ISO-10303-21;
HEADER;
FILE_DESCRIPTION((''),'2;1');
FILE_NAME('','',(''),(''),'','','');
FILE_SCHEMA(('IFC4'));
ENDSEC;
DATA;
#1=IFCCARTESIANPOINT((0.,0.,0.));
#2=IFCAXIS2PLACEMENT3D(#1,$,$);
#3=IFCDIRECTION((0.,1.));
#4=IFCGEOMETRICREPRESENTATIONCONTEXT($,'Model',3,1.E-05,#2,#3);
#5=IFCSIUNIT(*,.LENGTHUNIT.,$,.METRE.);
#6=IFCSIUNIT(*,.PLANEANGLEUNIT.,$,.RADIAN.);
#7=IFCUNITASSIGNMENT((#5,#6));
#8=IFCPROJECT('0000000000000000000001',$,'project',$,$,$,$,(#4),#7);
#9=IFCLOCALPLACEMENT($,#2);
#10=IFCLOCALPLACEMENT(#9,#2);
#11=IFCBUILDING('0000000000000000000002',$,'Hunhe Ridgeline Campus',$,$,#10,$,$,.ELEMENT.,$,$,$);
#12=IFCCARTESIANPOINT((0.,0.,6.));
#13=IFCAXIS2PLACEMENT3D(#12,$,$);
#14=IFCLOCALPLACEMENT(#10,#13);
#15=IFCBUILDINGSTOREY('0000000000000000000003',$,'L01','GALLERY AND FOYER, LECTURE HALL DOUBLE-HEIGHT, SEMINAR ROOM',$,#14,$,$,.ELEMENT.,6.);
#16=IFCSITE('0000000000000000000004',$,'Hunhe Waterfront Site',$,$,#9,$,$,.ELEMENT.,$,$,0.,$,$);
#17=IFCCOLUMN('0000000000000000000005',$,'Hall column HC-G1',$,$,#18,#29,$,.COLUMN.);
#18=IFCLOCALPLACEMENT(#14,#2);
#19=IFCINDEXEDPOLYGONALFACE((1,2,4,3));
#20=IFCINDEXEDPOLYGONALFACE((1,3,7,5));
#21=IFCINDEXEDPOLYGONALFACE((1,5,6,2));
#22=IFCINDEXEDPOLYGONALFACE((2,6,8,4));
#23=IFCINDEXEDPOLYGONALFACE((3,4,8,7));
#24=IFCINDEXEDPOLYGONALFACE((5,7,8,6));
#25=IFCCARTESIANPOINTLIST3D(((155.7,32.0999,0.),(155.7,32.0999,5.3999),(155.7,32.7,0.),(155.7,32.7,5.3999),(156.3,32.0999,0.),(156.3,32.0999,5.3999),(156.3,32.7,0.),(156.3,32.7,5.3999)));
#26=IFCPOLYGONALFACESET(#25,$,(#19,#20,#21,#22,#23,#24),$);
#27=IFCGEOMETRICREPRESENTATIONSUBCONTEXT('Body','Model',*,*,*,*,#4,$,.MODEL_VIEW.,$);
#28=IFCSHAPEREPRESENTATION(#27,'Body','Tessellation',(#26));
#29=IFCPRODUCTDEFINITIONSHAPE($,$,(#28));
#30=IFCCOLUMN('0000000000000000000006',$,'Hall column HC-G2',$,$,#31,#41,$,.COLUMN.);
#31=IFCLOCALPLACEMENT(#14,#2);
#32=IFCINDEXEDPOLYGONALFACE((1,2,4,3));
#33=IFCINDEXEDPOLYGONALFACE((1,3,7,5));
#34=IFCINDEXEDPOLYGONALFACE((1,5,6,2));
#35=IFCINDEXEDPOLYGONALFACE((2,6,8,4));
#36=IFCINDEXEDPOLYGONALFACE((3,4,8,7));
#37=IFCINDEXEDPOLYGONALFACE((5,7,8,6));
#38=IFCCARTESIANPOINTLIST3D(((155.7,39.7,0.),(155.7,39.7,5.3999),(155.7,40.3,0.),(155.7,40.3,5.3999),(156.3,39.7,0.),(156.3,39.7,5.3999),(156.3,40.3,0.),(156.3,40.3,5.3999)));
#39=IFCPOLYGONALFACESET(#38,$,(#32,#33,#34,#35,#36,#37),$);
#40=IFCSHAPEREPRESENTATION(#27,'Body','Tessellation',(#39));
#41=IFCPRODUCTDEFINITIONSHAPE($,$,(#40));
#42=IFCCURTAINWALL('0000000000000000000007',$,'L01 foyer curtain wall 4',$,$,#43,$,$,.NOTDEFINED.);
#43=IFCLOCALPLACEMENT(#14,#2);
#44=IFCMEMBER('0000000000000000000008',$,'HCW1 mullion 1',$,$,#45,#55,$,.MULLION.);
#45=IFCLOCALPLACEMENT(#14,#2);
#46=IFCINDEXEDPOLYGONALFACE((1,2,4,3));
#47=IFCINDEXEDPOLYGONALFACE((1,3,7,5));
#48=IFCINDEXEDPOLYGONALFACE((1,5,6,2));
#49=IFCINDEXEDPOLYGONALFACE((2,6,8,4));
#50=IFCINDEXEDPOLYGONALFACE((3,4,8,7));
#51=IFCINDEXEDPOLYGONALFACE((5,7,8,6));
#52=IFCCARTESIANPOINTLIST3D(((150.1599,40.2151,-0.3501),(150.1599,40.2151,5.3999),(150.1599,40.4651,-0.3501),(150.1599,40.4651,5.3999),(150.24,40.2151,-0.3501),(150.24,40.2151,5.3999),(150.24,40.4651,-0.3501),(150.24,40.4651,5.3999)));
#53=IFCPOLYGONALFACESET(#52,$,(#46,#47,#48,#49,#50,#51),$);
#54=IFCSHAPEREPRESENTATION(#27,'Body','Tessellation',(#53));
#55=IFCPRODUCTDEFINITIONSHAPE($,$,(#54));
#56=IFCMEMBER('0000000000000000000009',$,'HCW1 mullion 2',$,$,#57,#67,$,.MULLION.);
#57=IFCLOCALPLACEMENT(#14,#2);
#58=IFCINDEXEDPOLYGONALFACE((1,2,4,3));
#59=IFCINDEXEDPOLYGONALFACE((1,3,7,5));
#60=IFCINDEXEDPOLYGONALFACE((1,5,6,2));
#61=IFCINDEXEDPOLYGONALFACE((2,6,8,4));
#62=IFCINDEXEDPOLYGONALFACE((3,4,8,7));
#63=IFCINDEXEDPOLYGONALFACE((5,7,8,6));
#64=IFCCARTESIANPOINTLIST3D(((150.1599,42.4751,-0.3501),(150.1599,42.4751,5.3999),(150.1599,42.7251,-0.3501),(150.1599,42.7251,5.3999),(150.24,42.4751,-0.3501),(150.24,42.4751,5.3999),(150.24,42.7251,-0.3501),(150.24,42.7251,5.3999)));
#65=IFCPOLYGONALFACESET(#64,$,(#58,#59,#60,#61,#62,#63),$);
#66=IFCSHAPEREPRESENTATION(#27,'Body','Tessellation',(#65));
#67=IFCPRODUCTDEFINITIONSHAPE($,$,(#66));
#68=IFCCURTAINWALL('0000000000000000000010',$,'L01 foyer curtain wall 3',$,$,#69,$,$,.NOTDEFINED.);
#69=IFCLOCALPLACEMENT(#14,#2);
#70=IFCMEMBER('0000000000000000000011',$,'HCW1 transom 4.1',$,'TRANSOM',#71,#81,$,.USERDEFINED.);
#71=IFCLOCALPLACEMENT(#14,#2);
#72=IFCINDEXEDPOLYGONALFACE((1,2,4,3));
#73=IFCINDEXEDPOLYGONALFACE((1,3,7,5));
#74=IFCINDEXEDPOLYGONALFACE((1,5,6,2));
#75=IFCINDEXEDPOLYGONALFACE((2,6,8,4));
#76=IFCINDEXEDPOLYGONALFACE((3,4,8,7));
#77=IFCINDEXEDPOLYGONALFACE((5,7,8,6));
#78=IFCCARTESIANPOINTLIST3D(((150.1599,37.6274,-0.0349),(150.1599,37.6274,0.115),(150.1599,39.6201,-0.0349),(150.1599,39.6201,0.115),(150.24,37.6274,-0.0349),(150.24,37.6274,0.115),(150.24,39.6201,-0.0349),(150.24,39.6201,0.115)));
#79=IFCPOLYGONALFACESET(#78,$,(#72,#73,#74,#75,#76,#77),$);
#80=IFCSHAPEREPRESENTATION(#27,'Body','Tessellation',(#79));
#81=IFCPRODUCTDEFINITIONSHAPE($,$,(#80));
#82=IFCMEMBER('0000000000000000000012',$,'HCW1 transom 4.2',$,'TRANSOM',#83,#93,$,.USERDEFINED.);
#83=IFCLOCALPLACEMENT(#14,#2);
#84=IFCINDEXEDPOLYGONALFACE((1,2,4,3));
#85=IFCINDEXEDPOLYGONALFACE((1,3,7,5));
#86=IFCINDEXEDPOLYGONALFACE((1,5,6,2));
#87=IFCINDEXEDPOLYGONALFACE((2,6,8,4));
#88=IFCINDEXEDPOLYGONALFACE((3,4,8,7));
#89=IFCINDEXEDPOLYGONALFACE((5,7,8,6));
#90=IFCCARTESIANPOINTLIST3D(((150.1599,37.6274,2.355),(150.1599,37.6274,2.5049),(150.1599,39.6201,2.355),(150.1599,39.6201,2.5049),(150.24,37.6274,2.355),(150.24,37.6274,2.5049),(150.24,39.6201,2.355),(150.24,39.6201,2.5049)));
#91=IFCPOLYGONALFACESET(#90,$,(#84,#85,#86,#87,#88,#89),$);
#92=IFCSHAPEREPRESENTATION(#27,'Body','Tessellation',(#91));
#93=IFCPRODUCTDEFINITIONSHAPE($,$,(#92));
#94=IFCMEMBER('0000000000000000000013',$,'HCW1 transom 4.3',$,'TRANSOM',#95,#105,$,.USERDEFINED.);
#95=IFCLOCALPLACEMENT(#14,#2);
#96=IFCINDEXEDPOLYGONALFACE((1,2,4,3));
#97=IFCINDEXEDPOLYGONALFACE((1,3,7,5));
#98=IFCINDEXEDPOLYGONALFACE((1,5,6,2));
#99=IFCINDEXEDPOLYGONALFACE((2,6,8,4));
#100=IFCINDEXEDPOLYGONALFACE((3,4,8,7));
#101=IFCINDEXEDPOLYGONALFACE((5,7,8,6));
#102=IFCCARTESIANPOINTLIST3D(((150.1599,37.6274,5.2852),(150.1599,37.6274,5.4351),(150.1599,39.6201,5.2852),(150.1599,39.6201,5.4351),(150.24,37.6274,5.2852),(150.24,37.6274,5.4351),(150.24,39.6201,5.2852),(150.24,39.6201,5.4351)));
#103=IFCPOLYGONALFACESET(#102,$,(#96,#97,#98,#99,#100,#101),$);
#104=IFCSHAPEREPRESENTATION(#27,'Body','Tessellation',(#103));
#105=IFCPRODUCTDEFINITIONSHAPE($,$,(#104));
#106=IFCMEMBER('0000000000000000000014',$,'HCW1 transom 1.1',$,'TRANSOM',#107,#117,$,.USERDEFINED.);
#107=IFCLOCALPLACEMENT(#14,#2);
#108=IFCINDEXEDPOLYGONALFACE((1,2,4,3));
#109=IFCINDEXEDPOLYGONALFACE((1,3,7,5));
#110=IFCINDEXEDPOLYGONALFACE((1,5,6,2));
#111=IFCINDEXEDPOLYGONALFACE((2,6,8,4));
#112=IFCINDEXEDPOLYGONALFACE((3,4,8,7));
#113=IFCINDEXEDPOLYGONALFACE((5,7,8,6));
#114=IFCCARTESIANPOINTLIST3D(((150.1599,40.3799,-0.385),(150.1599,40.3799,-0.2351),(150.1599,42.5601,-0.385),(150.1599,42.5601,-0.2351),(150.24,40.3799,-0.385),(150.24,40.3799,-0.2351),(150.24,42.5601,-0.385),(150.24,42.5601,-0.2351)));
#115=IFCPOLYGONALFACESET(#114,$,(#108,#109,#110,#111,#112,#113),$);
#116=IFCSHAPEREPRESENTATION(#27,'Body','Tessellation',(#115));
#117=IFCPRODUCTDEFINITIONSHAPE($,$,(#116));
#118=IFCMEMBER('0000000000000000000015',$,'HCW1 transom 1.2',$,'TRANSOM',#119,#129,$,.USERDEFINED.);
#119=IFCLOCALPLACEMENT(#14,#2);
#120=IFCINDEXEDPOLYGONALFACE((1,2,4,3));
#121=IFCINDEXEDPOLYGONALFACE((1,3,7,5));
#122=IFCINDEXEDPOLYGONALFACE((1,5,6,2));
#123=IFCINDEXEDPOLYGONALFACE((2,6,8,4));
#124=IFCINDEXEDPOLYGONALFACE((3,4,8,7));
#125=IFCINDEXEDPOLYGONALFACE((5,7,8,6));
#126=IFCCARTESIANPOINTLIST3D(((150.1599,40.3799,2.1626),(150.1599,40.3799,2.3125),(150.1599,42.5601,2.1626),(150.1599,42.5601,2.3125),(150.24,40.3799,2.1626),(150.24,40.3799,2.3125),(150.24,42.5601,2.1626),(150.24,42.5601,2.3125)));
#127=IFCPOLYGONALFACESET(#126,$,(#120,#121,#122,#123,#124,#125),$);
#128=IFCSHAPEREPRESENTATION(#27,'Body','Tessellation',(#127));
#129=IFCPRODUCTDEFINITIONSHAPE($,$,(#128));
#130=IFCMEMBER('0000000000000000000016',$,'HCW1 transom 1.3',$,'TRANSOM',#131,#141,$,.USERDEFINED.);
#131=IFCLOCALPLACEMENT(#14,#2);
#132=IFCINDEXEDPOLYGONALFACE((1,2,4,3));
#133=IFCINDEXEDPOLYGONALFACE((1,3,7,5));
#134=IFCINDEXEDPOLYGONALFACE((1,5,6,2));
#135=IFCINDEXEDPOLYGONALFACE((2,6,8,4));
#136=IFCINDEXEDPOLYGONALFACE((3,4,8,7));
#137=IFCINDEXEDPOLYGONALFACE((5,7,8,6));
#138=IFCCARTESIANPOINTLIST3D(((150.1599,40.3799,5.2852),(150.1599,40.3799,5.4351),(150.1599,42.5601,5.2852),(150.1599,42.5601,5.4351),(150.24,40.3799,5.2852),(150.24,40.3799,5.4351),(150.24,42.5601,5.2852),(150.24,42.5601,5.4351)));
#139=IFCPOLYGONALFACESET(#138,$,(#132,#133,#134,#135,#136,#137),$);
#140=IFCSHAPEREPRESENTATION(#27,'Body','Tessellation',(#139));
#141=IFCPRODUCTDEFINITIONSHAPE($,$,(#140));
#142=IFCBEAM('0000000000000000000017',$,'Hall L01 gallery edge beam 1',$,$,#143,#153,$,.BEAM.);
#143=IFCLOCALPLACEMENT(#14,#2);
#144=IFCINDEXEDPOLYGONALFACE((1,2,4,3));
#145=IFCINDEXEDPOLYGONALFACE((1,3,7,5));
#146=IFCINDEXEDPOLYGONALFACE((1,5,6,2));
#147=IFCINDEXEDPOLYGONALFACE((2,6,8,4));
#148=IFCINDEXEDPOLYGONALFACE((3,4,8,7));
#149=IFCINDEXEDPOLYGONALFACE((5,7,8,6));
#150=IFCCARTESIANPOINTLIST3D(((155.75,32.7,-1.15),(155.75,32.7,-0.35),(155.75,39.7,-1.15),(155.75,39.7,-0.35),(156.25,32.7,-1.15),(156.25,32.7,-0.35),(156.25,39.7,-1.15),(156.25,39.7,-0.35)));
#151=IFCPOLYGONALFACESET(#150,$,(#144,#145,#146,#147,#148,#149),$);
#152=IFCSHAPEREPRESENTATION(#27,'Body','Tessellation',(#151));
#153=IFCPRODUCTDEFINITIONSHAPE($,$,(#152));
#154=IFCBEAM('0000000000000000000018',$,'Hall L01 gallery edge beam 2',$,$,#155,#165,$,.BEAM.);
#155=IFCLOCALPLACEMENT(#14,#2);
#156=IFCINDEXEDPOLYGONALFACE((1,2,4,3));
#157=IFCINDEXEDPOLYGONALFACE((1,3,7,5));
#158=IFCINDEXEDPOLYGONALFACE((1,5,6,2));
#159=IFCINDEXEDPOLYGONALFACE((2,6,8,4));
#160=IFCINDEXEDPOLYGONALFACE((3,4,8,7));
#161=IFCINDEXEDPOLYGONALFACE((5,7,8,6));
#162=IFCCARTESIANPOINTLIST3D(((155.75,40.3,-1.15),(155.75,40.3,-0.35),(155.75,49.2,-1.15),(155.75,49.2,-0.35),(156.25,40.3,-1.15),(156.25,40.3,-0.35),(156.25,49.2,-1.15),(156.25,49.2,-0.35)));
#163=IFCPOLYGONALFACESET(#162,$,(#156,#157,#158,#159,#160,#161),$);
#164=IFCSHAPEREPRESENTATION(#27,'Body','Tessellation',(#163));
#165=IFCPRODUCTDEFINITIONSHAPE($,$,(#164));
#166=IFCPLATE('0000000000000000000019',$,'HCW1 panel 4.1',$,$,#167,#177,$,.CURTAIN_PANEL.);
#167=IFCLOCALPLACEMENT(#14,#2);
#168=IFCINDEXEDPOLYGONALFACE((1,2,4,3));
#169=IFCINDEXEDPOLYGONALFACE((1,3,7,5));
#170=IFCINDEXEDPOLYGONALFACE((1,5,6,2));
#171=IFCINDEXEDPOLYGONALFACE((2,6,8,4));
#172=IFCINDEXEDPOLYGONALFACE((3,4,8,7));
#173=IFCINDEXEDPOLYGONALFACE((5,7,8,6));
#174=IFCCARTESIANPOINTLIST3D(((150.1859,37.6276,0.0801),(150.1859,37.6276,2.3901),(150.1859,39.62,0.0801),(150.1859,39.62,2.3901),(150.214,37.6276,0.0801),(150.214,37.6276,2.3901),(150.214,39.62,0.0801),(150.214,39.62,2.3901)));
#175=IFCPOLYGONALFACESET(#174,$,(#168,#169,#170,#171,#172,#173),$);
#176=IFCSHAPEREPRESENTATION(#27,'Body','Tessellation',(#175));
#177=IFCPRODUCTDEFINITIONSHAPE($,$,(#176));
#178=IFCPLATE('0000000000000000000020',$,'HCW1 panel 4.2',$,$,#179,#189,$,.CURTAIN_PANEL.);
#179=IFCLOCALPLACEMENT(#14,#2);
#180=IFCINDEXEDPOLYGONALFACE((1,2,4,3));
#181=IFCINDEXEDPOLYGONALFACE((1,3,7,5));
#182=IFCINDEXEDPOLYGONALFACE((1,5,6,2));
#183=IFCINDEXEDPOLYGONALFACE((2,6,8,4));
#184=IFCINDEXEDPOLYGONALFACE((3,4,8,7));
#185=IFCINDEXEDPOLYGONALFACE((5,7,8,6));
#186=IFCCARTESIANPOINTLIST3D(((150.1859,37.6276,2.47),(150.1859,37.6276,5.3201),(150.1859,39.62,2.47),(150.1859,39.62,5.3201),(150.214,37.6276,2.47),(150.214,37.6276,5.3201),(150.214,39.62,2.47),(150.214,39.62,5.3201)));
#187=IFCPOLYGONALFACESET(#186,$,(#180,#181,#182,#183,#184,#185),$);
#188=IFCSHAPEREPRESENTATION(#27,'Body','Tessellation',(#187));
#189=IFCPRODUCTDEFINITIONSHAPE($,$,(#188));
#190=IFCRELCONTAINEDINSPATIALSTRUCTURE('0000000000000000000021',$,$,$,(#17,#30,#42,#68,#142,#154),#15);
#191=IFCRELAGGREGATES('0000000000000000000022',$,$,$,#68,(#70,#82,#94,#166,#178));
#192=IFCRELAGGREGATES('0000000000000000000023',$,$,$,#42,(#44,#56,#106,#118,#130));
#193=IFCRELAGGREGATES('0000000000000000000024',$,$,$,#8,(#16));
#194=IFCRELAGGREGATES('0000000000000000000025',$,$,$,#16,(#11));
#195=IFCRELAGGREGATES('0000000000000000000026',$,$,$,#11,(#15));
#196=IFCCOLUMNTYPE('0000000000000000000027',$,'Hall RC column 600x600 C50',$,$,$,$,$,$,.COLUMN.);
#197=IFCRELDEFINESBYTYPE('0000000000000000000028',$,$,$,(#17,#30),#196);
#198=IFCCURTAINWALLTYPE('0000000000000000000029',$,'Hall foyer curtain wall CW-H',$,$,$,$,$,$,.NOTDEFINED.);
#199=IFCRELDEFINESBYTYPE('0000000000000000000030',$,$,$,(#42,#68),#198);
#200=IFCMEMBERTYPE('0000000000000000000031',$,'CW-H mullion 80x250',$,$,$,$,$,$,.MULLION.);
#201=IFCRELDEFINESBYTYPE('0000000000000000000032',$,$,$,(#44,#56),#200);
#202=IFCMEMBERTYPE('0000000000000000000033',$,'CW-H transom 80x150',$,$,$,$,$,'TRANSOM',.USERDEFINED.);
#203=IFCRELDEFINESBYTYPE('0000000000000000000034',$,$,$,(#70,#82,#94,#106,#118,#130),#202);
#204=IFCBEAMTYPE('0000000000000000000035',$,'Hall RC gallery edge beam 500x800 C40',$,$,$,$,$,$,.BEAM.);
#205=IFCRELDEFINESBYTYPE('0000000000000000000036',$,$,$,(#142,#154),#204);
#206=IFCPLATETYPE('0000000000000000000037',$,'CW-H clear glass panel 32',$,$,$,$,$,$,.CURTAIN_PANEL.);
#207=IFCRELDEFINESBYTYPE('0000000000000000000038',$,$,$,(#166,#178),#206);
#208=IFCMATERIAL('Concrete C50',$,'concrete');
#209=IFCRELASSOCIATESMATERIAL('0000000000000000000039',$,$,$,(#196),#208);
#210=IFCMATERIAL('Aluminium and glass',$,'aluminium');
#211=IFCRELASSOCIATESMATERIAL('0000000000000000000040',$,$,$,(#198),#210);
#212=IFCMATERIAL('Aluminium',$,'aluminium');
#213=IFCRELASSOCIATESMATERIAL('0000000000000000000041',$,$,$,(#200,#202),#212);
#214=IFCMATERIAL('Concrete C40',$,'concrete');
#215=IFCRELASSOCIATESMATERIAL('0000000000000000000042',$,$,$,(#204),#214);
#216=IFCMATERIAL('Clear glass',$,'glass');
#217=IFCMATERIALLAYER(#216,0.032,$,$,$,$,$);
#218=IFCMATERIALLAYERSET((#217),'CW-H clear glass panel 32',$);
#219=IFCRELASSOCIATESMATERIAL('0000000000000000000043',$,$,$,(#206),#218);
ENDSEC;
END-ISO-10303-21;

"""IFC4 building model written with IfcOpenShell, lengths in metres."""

from ifc_helpers import new_model, si_unit, direction, frame, origin, origin_2d, place, context, subcontext, project, spatial, rectangle, extrude, material, layer, layer_set, material_profile, profile_set, type_object, element, aggregate, save


model = new_model("IFC4")

# Units and contexts
model_context = context("Model", 3, precision=1e-05, world=origin(), true_north=direction((0.0, 1.0)))
body_context = subcontext(model_context, "Body", "Model", "MODEL_VIEW")
ifc_project = project(units=[si_unit("LENGTHUNIT", "METRE"), si_unit("PLANEANGLEUNIT", "RADIAN")], contexts=[model_context])

# Site, building, storey
site_placement = place(None, origin())
site = spatial("IfcSite", under=ifc_project, at=site_placement, Name="Hunhe Waterfront Site", CompositionType="ELEMENT", RefElevation=0.0)
building_placement = place(site_placement, origin())
building = spatial("IfcBuilding", under=site, at=building_placement, Name="Hunhe Ridgeline Campus", CompositionType="ELEMENT")
storey_placement = place(building_placement, frame((0.0, 0.0, 6.0)))
storey = spatial("IfcBuildingStorey", under=building, at=storey_placement, Name="L01", Description="GALLERY AND FOYER, LECTURE HALL DOUBLE-HEIGHT, SEMINAR ROOM", CompositionType="ELEMENT", Elevation=6.0)

# Columns
ifc_material_1 = material(Name="Concrete C50", Category="concrete")
ifc_material_profile_1 = material_profile(ifc_material_1, rectangle(XDim=0.6001, YDim=0.6001, at=origin_2d()))
ifc_profile_set_1 = profile_set([ifc_material_profile_1], Name="Concrete C50")
column_type = type_object("IfcColumnType", Name="Hall RC column 600x600 C50", PredefinedType="COLUMN", material=ifc_profile_set_1)
for number, where, z_axis, x_axis, name in (
    (1, (156.0, 32.3999, 0.0), (0.0, 0.0, 1.0), (1.0, 0.0, 0.0), "Hall column HC-G1"),
    (2, (156.0, 40.0, 0.0), (0.0, 0.0, 1.0), (1.0, 0.0, 0.0), "Hall column HC-G2"),
):
    element("IfcColumn", number, at=place(storey_placement, frame(where, z_axis=z_axis, x_axis=x_axis)), inside=storey, type_object=column_type, Name=name, PredefinedType="COLUMN", context=body_context, shape_type="SweptSolid", body=[
        extrude(rectangle(XDim=0.6001, YDim=0.6001, at=origin_2d()), origin(), (0.0, 0.0, 1.0), 5.3999),
    ])

# Curtain walls, members
ifc_material_2 = material(Name="Aluminium and glass", Category="aluminium")
curtain_wall_type = type_object("IfcCurtainWallType", Name="Hall foyer curtain wall CW-H", PredefinedType="NOTDEFINED", material=ifc_material_2)
curtain_wall_1_placement = place(storey_placement, origin())
curtain_wall_1 = element("IfcCurtainWall", 3, at=curtain_wall_1_placement, inside=storey, type_object=curtain_wall_type, Name="L01 foyer curtain wall 4", PredefinedType="NOTDEFINED")
ifc_material_3 = material(Name="Aluminium", Category="aluminium")
ifc_material_profile_2 = material_profile(ifc_material_3, rectangle(XDim=0.0801, YDim=0.25, at=origin_2d()))
ifc_profile_set_2 = profile_set([ifc_material_profile_2], Name="Aluminium")
member_type_1 = type_object("IfcMemberType", Name="CW-H mullion 80x250", PredefinedType="MULLION", material=ifc_profile_set_2)
member_1_placement = place(storey_placement, frame((150.2, 40.3401, -0.3501), z_axis=(0.0, 0.0, 1.0), x_axis=(-1.0, 0.0, 0.0)))
member_1 = element("IfcMember", 4, at=member_1_placement, type_object=member_type_1, Name="HCW1 mullion 1", PredefinedType="MULLION", context=body_context, shape_type="SweptSolid", body=[
    extrude(rectangle(XDim=0.0801, YDim=0.25, at=origin_2d()), origin(), (0.0, 0.0, 1.0), 5.75),
])
member_2_placement = place(storey_placement, frame((150.2, 42.6001, -0.3501), z_axis=(0.0, 0.0, 1.0), x_axis=(-1.0, 0.0, 0.0)))
member_2 = element("IfcMember", 5, at=member_2_placement, type_object=member_type_1, Name="HCW1 mullion 2", PredefinedType="MULLION", context=body_context, shape_type="SweptSolid", body=[
    extrude(rectangle(XDim=0.0801, YDim=0.25, at=origin_2d()), origin(), (0.0, 0.0, 1.0), 5.75),
])
curtain_wall_2_placement = place(storey_placement, origin())
curtain_wall_2 = element("IfcCurtainWall", 6, at=curtain_wall_2_placement, inside=storey, type_object=curtain_wall_type, Name="L01 foyer curtain wall 3", PredefinedType="NOTDEFINED")
ifc_material_profile_3 = material_profile(ifc_material_3, rectangle(XDim=0.0801, YDim=0.1499, at=origin_2d()))
ifc_profile_set_3 = profile_set([ifc_material_profile_3], Name="Aluminium")
member_type_2 = type_object("IfcMemberType", Name="CW-H transom 80x150", ElementType="TRANSOM", PredefinedType="USERDEFINED", material=ifc_profile_set_3)
member_3_placement = place(storey_placement, frame((150.2, 37.6274, 0.04), z_axis=(0.0, 1.0, 0.0), x_axis=(-1.0, 0.0, 0.0)))
member_3 = element("IfcMember", 7, at=member_3_placement, type_object=member_type_2, Name="HCW1 transom 4.1", ObjectType="TRANSOM", PredefinedType="USERDEFINED", context=body_context, shape_type="SweptSolid", body=[
    extrude(rectangle(XDim=0.0801, YDim=0.1499, at=origin_2d()), origin(), (0.0, 0.0, 1.0), 1.9927),
])
member_4_placement = place(storey_placement, frame((150.2, 37.6274, 2.4299), z_axis=(0.0, 1.0, 0.0), x_axis=(-1.0, 0.0, 0.0)))
member_4 = element("IfcMember", 8, at=member_4_placement, type_object=member_type_2, Name="HCW1 transom 4.2", ObjectType="TRANSOM", PredefinedType="USERDEFINED", context=body_context, shape_type="SweptSolid", body=[
    extrude(rectangle(XDim=0.0801, YDim=0.1499, at=origin_2d()), origin(), (0.0, 0.0, 1.0), 1.9927),
])
member_5_placement = place(storey_placement, frame((150.2, 37.6274, 5.3601), z_axis=(0.0, 1.0, 0.0), x_axis=(-1.0, 0.0, 0.0)))
member_5 = element("IfcMember", 9, at=member_5_placement, type_object=member_type_2, Name="HCW1 transom 4.3", ObjectType="TRANSOM", PredefinedType="USERDEFINED", context=body_context, shape_type="SweptSolid", body=[
    extrude(rectangle(XDim=0.0801, YDim=0.1499, at=origin_2d()), origin(), (0.0, 0.0, 1.0), 1.9927),
])

# Members
member_6_placement = place(storey_placement, frame((150.2, 40.3799, -0.3101), z_axis=(0.0, 1.0, 0.0), x_axis=(-1.0, 0.0, 0.0)))
member_6 = element("IfcMember", 10, at=member_6_placement, type_object=member_type_2, Name="HCW1 transom 1.1", ObjectType="TRANSOM", PredefinedType="USERDEFINED", context=body_context, shape_type="SweptSolid", body=[
    extrude(rectangle(XDim=0.0801, YDim=0.1499, at=origin_2d()), origin(), (0.0, 0.0, 1.0), 2.1802),
])
member_7_placement = place(storey_placement, frame((150.2, 40.3799, 2.2375), z_axis=(0.0, 1.0, 0.0), x_axis=(-1.0, 0.0, 0.0)))
member_7 = element("IfcMember", 11, at=member_7_placement, type_object=member_type_2, Name="HCW1 transom 1.2", ObjectType="TRANSOM", PredefinedType="USERDEFINED", context=body_context, shape_type="SweptSolid", body=[
    extrude(rectangle(XDim=0.0801, YDim=0.1499, at=origin_2d()), origin(), (0.0, 0.0, 1.0), 2.1802),
])
member_8_placement = place(storey_placement, frame((150.2, 40.3799, 5.3601), z_axis=(0.0, 1.0, 0.0), x_axis=(-1.0, 0.0, 0.0)))
member_8 = element("IfcMember", 12, at=member_8_placement, type_object=member_type_2, Name="HCW1 transom 1.3", ObjectType="TRANSOM", PredefinedType="USERDEFINED", context=body_context, shape_type="SweptSolid", body=[
    extrude(rectangle(XDim=0.0801, YDim=0.1499, at=origin_2d()), origin(), (0.0, 0.0, 1.0), 2.1802),
])

# Beams
ifc_material_4 = material(Name="Concrete C40", Category="concrete")
ifc_material_profile_4 = material_profile(ifc_material_4, rectangle(XDim=0.5, YDim=0.8, at=origin_2d()))
ifc_profile_set_4 = profile_set([ifc_material_profile_4], Name="Concrete C40")
beam_type = type_object("IfcBeamType", Name="Hall RC gallery edge beam 500x800 C40", PredefinedType="BEAM", material=ifc_profile_set_4)
beam_1_placement = place(storey_placement, frame((156.0, 32.7, -0.75), z_axis=(0.0, 1.0, 0.0), x_axis=(-1.0, 0.0, 0.0)))
element("IfcBeam", 13, at=beam_1_placement, inside=storey, type_object=beam_type, Name="Hall L01 gallery edge beam 1", PredefinedType="BEAM", context=body_context, shape_type="SweptSolid", body=[
    extrude(rectangle(XDim=0.5, YDim=0.8, at=origin_2d()), origin(), (0.0, 0.0, 1.0), 7.0),
])
beam_2_placement = place(storey_placement, frame((156.0, 40.3, -0.75), z_axis=(0.0, 1.0, 0.0), x_axis=(-1.0, 0.0, 0.0)))
element("IfcBeam", 14, at=beam_2_placement, inside=storey, type_object=beam_type, Name="Hall L01 gallery edge beam 2", PredefinedType="BEAM", context=body_context, shape_type="SweptSolid", body=[
    extrude(rectangle(XDim=0.5, YDim=0.8, at=origin_2d()), origin(), (0.0, 0.0, 1.0), 8.8999),
])

# Plates
ifc_material_5 = material(Name="Clear glass", Category="glass")
ifc_layer_1 = layer(ifc_material_5, 0.032)
ifc_layer_set_1 = layer_set([ifc_layer_1], Name="CW-H clear glass panel 32")
plate_type = type_object("IfcPlateType", Name="CW-H clear glass panel 32", PredefinedType="CURTAIN_PANEL", material=ifc_layer_set_1)
plate_1_placement = place(storey_placement, frame((150.2, 38.6238, 0.0801), z_axis=(0.0, 0.0, 1.0), x_axis=(0.0, 1.0, 0.0)))
plate_1 = element("IfcPlate", 15, at=plate_1_placement, type_object=plate_type, Name="HCW1 panel 4.1", PredefinedType="CURTAIN_PANEL", context=body_context, shape_type="SweptSolid", body=[
    extrude(rectangle(XDim=1.9924, YDim=0.0281, at=origin_2d()), origin(), (0.0, 0.0, 1.0), 2.3101),
])
plate_2_placement = place(storey_placement, frame((150.2, 38.6238, 2.47), z_axis=(0.0, 0.0, 1.0), x_axis=(0.0, 1.0, 0.0)))
plate_2 = element("IfcPlate", 16, at=plate_2_placement, type_object=plate_type, Name="HCW1 panel 4.2", PredefinedType="CURTAIN_PANEL", context=body_context, shape_type="SweptSolid", body=[
    extrude(rectangle(XDim=1.9924, YDim=0.0281, at=origin_2d()), origin(), (0.0, 0.0, 1.0), 2.8501),
])
aggregate(curtain_wall_2, [member_3, member_4, member_5, plate_1, plate_2])
aggregate(curtain_wall_1, [member_1, member_2, member_6, member_7, member_8])

save(model, "model.ifc")
